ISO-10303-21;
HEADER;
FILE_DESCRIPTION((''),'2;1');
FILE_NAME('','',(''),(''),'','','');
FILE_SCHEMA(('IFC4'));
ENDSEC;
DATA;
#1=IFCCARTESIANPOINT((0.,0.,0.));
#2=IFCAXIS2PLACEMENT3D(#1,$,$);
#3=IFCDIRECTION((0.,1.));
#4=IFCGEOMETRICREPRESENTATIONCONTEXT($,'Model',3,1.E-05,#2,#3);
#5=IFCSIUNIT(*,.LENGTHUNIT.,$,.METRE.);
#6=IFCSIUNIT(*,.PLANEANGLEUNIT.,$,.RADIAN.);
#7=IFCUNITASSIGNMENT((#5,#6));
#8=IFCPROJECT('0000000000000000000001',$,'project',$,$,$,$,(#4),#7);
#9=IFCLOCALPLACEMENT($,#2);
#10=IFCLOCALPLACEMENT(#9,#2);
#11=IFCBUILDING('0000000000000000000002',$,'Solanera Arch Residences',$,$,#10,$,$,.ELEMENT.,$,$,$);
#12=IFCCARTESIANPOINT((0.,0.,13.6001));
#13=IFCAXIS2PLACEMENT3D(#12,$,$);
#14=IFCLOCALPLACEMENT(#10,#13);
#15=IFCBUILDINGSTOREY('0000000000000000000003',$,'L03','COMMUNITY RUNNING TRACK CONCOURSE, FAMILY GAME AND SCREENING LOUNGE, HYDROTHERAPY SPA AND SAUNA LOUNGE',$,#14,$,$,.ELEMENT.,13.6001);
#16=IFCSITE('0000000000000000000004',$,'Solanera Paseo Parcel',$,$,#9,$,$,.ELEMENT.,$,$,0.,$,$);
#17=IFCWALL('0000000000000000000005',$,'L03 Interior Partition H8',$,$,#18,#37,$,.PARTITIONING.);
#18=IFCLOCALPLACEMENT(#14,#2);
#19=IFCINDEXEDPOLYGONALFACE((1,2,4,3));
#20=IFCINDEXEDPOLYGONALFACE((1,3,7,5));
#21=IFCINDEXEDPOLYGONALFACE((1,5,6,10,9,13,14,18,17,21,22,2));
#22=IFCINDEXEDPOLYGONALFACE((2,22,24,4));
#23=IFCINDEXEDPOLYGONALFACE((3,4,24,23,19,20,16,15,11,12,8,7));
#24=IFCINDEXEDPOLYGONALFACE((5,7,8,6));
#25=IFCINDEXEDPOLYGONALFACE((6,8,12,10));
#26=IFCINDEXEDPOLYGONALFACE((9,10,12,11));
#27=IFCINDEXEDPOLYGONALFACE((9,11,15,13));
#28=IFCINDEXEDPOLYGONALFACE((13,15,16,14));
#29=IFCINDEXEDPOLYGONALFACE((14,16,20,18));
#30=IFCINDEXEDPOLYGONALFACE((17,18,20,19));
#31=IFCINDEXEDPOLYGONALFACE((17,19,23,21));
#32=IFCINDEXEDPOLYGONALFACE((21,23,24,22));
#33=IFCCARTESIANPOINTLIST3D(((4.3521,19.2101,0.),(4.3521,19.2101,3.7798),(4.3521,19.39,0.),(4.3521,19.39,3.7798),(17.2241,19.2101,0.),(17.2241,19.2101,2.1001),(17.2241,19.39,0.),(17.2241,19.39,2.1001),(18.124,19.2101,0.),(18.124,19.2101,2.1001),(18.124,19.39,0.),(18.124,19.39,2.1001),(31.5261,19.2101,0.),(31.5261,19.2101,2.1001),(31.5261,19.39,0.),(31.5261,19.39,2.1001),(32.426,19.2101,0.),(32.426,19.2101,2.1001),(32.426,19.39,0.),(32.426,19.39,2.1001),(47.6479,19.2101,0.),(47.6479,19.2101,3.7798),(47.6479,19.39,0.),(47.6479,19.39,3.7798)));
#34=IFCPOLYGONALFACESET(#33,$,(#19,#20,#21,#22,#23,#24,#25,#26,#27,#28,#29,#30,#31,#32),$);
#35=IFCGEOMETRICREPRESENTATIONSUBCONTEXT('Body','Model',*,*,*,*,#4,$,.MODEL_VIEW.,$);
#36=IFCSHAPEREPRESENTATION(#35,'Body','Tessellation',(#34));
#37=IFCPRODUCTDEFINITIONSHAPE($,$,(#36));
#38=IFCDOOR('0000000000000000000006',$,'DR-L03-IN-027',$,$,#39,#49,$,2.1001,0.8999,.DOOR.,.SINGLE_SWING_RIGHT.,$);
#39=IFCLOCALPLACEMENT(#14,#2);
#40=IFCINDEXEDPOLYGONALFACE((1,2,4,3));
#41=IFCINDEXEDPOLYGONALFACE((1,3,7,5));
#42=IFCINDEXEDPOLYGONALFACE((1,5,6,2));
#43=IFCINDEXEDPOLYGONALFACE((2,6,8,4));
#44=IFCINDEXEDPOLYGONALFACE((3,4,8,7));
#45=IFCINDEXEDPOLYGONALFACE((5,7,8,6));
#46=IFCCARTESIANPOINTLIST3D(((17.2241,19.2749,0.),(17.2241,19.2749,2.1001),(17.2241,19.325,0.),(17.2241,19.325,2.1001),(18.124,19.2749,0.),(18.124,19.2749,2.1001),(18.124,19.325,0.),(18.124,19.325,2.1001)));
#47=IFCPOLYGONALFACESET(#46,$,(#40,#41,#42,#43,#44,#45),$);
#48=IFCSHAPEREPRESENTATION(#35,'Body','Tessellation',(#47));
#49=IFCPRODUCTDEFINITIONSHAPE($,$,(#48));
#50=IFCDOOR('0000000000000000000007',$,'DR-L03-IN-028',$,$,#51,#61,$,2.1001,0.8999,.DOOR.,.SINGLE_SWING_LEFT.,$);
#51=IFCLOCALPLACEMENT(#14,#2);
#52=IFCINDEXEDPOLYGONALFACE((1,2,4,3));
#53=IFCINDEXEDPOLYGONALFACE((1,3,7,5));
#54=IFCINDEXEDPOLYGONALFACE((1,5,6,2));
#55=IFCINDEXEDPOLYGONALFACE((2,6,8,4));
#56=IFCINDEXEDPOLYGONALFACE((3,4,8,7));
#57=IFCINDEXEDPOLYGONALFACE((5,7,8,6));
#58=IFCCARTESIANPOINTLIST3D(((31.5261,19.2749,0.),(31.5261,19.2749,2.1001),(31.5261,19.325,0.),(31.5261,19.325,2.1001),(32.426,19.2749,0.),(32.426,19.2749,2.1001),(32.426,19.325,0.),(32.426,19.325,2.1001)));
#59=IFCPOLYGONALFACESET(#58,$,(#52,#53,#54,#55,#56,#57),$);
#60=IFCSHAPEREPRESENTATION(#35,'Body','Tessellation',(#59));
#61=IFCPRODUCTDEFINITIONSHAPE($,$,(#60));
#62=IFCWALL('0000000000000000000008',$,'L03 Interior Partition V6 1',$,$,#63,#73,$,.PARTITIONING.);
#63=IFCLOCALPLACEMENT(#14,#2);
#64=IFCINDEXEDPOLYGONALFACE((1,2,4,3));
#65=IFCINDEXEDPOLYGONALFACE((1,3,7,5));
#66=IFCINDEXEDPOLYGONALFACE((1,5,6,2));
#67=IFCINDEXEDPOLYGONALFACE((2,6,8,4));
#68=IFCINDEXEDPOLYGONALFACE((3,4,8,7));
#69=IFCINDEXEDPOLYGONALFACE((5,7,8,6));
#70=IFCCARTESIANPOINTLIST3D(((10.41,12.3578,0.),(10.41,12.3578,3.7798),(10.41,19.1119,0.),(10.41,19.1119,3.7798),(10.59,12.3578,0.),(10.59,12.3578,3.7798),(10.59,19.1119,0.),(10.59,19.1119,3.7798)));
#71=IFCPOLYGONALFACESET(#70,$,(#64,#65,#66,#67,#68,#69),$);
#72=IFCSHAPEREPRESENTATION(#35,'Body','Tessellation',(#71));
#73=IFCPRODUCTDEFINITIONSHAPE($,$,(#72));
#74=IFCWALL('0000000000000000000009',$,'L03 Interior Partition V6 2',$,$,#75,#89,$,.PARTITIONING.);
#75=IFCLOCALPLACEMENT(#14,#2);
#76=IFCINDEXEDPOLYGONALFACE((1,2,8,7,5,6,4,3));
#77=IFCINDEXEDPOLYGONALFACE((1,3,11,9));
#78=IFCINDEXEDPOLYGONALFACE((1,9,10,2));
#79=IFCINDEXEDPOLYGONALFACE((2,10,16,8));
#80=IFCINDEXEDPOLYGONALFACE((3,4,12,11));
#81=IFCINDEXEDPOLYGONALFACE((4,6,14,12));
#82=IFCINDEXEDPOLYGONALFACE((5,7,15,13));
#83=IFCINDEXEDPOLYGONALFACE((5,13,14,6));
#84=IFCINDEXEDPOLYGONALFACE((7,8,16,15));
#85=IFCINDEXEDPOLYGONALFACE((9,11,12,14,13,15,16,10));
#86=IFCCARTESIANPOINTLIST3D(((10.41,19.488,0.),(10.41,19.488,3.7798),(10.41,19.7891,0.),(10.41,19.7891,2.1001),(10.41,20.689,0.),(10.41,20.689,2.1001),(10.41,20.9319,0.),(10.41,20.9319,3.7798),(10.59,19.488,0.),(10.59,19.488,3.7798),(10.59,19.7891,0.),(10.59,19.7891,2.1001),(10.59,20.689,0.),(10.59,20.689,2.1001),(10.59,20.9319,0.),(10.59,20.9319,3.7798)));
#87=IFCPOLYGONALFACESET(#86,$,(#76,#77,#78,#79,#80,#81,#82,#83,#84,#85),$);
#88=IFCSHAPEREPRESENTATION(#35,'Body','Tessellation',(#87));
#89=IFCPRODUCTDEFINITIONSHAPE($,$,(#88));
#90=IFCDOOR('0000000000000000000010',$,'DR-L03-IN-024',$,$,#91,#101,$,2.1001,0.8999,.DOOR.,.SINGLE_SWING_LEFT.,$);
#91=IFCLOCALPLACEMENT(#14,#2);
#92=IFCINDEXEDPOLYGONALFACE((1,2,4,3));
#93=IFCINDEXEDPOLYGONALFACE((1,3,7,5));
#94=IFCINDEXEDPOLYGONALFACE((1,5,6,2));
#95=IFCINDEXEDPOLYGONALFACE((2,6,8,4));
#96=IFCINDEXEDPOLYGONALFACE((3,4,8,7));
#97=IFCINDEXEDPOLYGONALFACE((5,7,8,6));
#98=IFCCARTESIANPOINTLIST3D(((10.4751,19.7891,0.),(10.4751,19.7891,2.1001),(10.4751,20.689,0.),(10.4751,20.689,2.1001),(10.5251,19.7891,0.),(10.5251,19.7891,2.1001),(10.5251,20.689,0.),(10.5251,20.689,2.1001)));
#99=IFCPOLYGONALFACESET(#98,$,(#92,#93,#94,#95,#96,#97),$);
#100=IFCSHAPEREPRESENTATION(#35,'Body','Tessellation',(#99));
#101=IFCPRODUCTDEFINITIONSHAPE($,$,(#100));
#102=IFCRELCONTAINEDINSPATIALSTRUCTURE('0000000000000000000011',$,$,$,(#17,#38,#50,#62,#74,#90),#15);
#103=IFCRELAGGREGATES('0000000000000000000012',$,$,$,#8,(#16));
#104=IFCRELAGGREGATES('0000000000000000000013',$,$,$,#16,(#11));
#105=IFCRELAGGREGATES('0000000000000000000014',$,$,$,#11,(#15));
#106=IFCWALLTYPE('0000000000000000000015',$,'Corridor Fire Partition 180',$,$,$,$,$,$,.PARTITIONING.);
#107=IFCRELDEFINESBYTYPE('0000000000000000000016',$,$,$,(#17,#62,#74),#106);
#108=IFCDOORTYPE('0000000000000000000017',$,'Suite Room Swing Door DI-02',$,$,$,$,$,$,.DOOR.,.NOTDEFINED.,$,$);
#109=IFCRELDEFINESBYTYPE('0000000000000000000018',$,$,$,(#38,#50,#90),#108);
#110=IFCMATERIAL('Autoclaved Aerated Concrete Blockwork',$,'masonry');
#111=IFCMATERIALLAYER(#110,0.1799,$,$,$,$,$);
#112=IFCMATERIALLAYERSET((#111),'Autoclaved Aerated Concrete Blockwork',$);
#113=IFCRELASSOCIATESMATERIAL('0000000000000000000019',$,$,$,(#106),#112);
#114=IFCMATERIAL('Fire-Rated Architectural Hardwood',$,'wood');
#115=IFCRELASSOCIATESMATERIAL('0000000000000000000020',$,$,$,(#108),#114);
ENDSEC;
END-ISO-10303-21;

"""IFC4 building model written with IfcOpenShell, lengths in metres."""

from ifc_helpers import new_model, si_unit, direction, frame, frame_2d, origin, place, context, subcontext, project, spatial, rectangle, extrude, material, layer, layer_set, type_object, element, fill, save


model = new_model("IFC4")

# Units and contexts
model_context = context("Model", 3, precision=1e-05, world=origin(), true_north=direction((0.0, 1.0)))
body_context = subcontext(model_context, "Body", "Model", "MODEL_VIEW")
ifc_project = project(units=[si_unit("LENGTHUNIT", "METRE"), si_unit("PLANEANGLEUNIT", "RADIAN")], contexts=[model_context])

# Site, building, storey
site_placement = place(None, origin())
site = spatial("IfcSite", under=ifc_project, at=site_placement, Name="Solanera Paseo Parcel", CompositionType="ELEMENT", RefElevation=0.0)
building_placement = place(site_placement, origin())
building = spatial("IfcBuilding", under=site, at=building_placement, Name="Solanera Arch Residences", CompositionType="ELEMENT")
storey_placement = place(building_placement, frame((0.0, 0.0, 13.6001)))
storey = spatial("IfcBuildingStorey", under=building, at=storey_placement, Name="L03", Description="COMMUNITY RUNNING TRACK CONCOURSE, FAMILY GAME AND SCREENING LOUNGE, HYDROTHERAPY SPA AND SAUNA LOUNGE", CompositionType="ELEMENT", Elevation=13.6001)

# Wall, openings, doors
ifc_material_1 = material(Name="Autoclaved Aerated Concrete Blockwork", Category="masonry")
ifc_layer_1 = layer(ifc_material_1, 0.1799)
ifc_layer_set_1 = layer_set([ifc_layer_1], Name="Autoclaved Aerated Concrete Blockwork")
wall_type_1 = type_object("IfcWallType", Name="Corridor Fire Partition 180", PredefinedType="PARTITIONING", material=ifc_layer_set_1)
wall_1_placement = place(storey_placement, frame((4.3521, 19.3, 0.0), z_axis=(0.0, 0.0, 1.0), x_axis=(1.0, 0.0, 0.0)))
wall_1 = element("IfcWall", 1, at=wall_1_placement, inside=storey, type_object=wall_type_1, Name="L03 Interior Partition H8", PredefinedType="PARTITIONING", context=body_context, shape_type="SweptSolid", body=[
    extrude(rectangle(XDim=43.2959, YDim=0.1799, at=frame_2d((21.6479, 0.0))), origin(), (0.0, 0.0, 1.0), 3.7798),
])
opening_1_placement = place(wall_1_placement, frame((12.8721, 0.0, 0.0)))
opening_1 = element("IfcOpeningElement", 2, at=opening_1_placement, cuts=wall_1, PredefinedType="OPENING", context=body_context, shape_type="SweptSolid", body=[
    extrude(rectangle(XDim=0.8999, YDim=2.1001, at=frame_2d((0.45, 1.05))), frame((0.0, 0.1001, 0.0), z_axis=(0.0, -1.0, 0.0), x_axis=(1.0, 0.0, 0.0)), (0.0, 0.0, 1.0), 0.1999),
])
opening_2_placement = place(wall_1_placement, frame((27.1741, 0.0, 0.0)))
opening_2 = element("IfcOpeningElement", 3, at=opening_2_placement, cuts=wall_1, PredefinedType="OPENING", context=body_context, shape_type="SweptSolid", body=[
    extrude(rectangle(XDim=0.8999, YDim=2.1001, at=frame_2d((0.45, 1.05))), frame((0.0, 0.1001, 0.0), z_axis=(0.0, -1.0, 0.0), x_axis=(1.0, 0.0, 0.0)), (0.0, 0.0, 1.0), 0.1999),
])
ifc_material_2 = material(Name="Fire-Rated Architectural Hardwood", Category="wood")
door_type_1 = type_object("IfcDoorType", Name="Suite Room Swing Door DI-02", OperationType="NOTDEFINED", PredefinedType="DOOR", material=ifc_material_2)
door_1_placement = place(opening_1_placement, origin())
door_1 = element("IfcDoor", 4, at=door_1_placement, inside=storey, type_object=door_type_1, Name="DR-L03-IN-027", OperationType="SINGLE_SWING_RIGHT", OverallHeight=2.1001, OverallWidth=0.8999, PredefinedType="DOOR", context=body_context, shape_type="SweptSolid", body=[
    extrude(rectangle(XDim=0.8999, YDim=2.1001, at=frame_2d((0.45, 1.05))), frame((0.0, 0.0249, 0.0), z_axis=(0.0, -1.0, 0.0), x_axis=(1.0, 0.0, 0.0)), (0.0, 0.0, 1.0), 0.05),
])
fill(opening_1, door_1)
door_2_placement = place(opening_2_placement, origin())
door_2 = element("IfcDoor", 5, at=door_2_placement, inside=storey, type_object=door_type_1, Name="DR-L03-IN-028", OperationType="SINGLE_SWING_LEFT", OverallHeight=2.1001, OverallWidth=0.8999, PredefinedType="DOOR", context=body_context, shape_type="SweptSolid", body=[
    extrude(rectangle(XDim=0.8999, YDim=2.1001, at=frame_2d((0.45, 1.05))), frame((0.0, 0.0249, 0.0), z_axis=(0.0, -1.0, 0.0), x_axis=(1.0, 0.0, 0.0)), (0.0, 0.0, 1.0), 0.05),
])
fill(opening_2, door_2)

# Wall
wall_2_placement = place(storey_placement, frame((10.5, 12.3579, 0.0), z_axis=(0.0, 0.0, 1.0), x_axis=(0.0, 1.0, 0.0)))
element("IfcWall", 6, at=wall_2_placement, inside=storey, type_object=wall_type_1, Name="L03 Interior Partition V6 1", PredefinedType="PARTITIONING", context=body_context, shape_type="SweptSolid", body=[
    extrude(rectangle(XDim=6.7542, YDim=0.1799, at=frame_2d((3.377, 0.0))), origin(), (0.0, 0.0, 1.0), 3.7798),
])

# Wall, opening, door
wall_3_placement = place(storey_placement, frame((10.5, 19.488, 0.0), z_axis=(0.0, 0.0, 1.0), x_axis=(0.0, 1.0, 0.0)))
wall_3 = element("IfcWall", 7, at=wall_3_placement, inside=storey, type_object=wall_type_1, Name="L03 Interior Partition V6 2", PredefinedType="PARTITIONING", context=body_context, shape_type="SweptSolid", body=[
    extrude(rectangle(XDim=1.4438, YDim=0.1799, at=frame_2d((0.7219, 0.0))), origin(), (0.0, 0.0, 1.0), 3.7798),
])
opening_3_placement = place(wall_3_placement, frame((0.301, 0.0, 0.0)))
opening_3 = element("IfcOpeningElement", 8, at=opening_3_placement, cuts=wall_3, PredefinedType="OPENING", context=body_context, shape_type="SweptSolid", body=[
    extrude(rectangle(XDim=0.8999, YDim=2.1001, at=frame_2d((0.45, 1.05))), frame((0.0, 0.1001, 0.0), z_axis=(0.0, -1.0, 0.0), x_axis=(1.0, 0.0, 0.0)), (0.0, 0.0, 1.0), 0.1999),
])
door_3_placement = place(opening_3_placement, origin())
door_3 = element("IfcDoor", 9, at=door_3_placement, inside=storey, type_object=door_type_1, Name="DR-L03-IN-024", OperationType="SINGLE_SWING_LEFT", OverallHeight=2.1001, OverallWidth=0.8999, PredefinedType="DOOR", context=body_context, shape_type="SweptSolid", body=[
    extrude(rectangle(XDim=0.8999, YDim=2.1001, at=frame_2d((0.45, 1.05))), frame((0.0, 0.0249, 0.0), z_axis=(0.0, -1.0, 0.0), x_axis=(1.0, 0.0, 0.0)), (0.0, 0.0, 1.0), 0.05),
])
fill(opening_3, door_3)

save(model, "model.ifc")
